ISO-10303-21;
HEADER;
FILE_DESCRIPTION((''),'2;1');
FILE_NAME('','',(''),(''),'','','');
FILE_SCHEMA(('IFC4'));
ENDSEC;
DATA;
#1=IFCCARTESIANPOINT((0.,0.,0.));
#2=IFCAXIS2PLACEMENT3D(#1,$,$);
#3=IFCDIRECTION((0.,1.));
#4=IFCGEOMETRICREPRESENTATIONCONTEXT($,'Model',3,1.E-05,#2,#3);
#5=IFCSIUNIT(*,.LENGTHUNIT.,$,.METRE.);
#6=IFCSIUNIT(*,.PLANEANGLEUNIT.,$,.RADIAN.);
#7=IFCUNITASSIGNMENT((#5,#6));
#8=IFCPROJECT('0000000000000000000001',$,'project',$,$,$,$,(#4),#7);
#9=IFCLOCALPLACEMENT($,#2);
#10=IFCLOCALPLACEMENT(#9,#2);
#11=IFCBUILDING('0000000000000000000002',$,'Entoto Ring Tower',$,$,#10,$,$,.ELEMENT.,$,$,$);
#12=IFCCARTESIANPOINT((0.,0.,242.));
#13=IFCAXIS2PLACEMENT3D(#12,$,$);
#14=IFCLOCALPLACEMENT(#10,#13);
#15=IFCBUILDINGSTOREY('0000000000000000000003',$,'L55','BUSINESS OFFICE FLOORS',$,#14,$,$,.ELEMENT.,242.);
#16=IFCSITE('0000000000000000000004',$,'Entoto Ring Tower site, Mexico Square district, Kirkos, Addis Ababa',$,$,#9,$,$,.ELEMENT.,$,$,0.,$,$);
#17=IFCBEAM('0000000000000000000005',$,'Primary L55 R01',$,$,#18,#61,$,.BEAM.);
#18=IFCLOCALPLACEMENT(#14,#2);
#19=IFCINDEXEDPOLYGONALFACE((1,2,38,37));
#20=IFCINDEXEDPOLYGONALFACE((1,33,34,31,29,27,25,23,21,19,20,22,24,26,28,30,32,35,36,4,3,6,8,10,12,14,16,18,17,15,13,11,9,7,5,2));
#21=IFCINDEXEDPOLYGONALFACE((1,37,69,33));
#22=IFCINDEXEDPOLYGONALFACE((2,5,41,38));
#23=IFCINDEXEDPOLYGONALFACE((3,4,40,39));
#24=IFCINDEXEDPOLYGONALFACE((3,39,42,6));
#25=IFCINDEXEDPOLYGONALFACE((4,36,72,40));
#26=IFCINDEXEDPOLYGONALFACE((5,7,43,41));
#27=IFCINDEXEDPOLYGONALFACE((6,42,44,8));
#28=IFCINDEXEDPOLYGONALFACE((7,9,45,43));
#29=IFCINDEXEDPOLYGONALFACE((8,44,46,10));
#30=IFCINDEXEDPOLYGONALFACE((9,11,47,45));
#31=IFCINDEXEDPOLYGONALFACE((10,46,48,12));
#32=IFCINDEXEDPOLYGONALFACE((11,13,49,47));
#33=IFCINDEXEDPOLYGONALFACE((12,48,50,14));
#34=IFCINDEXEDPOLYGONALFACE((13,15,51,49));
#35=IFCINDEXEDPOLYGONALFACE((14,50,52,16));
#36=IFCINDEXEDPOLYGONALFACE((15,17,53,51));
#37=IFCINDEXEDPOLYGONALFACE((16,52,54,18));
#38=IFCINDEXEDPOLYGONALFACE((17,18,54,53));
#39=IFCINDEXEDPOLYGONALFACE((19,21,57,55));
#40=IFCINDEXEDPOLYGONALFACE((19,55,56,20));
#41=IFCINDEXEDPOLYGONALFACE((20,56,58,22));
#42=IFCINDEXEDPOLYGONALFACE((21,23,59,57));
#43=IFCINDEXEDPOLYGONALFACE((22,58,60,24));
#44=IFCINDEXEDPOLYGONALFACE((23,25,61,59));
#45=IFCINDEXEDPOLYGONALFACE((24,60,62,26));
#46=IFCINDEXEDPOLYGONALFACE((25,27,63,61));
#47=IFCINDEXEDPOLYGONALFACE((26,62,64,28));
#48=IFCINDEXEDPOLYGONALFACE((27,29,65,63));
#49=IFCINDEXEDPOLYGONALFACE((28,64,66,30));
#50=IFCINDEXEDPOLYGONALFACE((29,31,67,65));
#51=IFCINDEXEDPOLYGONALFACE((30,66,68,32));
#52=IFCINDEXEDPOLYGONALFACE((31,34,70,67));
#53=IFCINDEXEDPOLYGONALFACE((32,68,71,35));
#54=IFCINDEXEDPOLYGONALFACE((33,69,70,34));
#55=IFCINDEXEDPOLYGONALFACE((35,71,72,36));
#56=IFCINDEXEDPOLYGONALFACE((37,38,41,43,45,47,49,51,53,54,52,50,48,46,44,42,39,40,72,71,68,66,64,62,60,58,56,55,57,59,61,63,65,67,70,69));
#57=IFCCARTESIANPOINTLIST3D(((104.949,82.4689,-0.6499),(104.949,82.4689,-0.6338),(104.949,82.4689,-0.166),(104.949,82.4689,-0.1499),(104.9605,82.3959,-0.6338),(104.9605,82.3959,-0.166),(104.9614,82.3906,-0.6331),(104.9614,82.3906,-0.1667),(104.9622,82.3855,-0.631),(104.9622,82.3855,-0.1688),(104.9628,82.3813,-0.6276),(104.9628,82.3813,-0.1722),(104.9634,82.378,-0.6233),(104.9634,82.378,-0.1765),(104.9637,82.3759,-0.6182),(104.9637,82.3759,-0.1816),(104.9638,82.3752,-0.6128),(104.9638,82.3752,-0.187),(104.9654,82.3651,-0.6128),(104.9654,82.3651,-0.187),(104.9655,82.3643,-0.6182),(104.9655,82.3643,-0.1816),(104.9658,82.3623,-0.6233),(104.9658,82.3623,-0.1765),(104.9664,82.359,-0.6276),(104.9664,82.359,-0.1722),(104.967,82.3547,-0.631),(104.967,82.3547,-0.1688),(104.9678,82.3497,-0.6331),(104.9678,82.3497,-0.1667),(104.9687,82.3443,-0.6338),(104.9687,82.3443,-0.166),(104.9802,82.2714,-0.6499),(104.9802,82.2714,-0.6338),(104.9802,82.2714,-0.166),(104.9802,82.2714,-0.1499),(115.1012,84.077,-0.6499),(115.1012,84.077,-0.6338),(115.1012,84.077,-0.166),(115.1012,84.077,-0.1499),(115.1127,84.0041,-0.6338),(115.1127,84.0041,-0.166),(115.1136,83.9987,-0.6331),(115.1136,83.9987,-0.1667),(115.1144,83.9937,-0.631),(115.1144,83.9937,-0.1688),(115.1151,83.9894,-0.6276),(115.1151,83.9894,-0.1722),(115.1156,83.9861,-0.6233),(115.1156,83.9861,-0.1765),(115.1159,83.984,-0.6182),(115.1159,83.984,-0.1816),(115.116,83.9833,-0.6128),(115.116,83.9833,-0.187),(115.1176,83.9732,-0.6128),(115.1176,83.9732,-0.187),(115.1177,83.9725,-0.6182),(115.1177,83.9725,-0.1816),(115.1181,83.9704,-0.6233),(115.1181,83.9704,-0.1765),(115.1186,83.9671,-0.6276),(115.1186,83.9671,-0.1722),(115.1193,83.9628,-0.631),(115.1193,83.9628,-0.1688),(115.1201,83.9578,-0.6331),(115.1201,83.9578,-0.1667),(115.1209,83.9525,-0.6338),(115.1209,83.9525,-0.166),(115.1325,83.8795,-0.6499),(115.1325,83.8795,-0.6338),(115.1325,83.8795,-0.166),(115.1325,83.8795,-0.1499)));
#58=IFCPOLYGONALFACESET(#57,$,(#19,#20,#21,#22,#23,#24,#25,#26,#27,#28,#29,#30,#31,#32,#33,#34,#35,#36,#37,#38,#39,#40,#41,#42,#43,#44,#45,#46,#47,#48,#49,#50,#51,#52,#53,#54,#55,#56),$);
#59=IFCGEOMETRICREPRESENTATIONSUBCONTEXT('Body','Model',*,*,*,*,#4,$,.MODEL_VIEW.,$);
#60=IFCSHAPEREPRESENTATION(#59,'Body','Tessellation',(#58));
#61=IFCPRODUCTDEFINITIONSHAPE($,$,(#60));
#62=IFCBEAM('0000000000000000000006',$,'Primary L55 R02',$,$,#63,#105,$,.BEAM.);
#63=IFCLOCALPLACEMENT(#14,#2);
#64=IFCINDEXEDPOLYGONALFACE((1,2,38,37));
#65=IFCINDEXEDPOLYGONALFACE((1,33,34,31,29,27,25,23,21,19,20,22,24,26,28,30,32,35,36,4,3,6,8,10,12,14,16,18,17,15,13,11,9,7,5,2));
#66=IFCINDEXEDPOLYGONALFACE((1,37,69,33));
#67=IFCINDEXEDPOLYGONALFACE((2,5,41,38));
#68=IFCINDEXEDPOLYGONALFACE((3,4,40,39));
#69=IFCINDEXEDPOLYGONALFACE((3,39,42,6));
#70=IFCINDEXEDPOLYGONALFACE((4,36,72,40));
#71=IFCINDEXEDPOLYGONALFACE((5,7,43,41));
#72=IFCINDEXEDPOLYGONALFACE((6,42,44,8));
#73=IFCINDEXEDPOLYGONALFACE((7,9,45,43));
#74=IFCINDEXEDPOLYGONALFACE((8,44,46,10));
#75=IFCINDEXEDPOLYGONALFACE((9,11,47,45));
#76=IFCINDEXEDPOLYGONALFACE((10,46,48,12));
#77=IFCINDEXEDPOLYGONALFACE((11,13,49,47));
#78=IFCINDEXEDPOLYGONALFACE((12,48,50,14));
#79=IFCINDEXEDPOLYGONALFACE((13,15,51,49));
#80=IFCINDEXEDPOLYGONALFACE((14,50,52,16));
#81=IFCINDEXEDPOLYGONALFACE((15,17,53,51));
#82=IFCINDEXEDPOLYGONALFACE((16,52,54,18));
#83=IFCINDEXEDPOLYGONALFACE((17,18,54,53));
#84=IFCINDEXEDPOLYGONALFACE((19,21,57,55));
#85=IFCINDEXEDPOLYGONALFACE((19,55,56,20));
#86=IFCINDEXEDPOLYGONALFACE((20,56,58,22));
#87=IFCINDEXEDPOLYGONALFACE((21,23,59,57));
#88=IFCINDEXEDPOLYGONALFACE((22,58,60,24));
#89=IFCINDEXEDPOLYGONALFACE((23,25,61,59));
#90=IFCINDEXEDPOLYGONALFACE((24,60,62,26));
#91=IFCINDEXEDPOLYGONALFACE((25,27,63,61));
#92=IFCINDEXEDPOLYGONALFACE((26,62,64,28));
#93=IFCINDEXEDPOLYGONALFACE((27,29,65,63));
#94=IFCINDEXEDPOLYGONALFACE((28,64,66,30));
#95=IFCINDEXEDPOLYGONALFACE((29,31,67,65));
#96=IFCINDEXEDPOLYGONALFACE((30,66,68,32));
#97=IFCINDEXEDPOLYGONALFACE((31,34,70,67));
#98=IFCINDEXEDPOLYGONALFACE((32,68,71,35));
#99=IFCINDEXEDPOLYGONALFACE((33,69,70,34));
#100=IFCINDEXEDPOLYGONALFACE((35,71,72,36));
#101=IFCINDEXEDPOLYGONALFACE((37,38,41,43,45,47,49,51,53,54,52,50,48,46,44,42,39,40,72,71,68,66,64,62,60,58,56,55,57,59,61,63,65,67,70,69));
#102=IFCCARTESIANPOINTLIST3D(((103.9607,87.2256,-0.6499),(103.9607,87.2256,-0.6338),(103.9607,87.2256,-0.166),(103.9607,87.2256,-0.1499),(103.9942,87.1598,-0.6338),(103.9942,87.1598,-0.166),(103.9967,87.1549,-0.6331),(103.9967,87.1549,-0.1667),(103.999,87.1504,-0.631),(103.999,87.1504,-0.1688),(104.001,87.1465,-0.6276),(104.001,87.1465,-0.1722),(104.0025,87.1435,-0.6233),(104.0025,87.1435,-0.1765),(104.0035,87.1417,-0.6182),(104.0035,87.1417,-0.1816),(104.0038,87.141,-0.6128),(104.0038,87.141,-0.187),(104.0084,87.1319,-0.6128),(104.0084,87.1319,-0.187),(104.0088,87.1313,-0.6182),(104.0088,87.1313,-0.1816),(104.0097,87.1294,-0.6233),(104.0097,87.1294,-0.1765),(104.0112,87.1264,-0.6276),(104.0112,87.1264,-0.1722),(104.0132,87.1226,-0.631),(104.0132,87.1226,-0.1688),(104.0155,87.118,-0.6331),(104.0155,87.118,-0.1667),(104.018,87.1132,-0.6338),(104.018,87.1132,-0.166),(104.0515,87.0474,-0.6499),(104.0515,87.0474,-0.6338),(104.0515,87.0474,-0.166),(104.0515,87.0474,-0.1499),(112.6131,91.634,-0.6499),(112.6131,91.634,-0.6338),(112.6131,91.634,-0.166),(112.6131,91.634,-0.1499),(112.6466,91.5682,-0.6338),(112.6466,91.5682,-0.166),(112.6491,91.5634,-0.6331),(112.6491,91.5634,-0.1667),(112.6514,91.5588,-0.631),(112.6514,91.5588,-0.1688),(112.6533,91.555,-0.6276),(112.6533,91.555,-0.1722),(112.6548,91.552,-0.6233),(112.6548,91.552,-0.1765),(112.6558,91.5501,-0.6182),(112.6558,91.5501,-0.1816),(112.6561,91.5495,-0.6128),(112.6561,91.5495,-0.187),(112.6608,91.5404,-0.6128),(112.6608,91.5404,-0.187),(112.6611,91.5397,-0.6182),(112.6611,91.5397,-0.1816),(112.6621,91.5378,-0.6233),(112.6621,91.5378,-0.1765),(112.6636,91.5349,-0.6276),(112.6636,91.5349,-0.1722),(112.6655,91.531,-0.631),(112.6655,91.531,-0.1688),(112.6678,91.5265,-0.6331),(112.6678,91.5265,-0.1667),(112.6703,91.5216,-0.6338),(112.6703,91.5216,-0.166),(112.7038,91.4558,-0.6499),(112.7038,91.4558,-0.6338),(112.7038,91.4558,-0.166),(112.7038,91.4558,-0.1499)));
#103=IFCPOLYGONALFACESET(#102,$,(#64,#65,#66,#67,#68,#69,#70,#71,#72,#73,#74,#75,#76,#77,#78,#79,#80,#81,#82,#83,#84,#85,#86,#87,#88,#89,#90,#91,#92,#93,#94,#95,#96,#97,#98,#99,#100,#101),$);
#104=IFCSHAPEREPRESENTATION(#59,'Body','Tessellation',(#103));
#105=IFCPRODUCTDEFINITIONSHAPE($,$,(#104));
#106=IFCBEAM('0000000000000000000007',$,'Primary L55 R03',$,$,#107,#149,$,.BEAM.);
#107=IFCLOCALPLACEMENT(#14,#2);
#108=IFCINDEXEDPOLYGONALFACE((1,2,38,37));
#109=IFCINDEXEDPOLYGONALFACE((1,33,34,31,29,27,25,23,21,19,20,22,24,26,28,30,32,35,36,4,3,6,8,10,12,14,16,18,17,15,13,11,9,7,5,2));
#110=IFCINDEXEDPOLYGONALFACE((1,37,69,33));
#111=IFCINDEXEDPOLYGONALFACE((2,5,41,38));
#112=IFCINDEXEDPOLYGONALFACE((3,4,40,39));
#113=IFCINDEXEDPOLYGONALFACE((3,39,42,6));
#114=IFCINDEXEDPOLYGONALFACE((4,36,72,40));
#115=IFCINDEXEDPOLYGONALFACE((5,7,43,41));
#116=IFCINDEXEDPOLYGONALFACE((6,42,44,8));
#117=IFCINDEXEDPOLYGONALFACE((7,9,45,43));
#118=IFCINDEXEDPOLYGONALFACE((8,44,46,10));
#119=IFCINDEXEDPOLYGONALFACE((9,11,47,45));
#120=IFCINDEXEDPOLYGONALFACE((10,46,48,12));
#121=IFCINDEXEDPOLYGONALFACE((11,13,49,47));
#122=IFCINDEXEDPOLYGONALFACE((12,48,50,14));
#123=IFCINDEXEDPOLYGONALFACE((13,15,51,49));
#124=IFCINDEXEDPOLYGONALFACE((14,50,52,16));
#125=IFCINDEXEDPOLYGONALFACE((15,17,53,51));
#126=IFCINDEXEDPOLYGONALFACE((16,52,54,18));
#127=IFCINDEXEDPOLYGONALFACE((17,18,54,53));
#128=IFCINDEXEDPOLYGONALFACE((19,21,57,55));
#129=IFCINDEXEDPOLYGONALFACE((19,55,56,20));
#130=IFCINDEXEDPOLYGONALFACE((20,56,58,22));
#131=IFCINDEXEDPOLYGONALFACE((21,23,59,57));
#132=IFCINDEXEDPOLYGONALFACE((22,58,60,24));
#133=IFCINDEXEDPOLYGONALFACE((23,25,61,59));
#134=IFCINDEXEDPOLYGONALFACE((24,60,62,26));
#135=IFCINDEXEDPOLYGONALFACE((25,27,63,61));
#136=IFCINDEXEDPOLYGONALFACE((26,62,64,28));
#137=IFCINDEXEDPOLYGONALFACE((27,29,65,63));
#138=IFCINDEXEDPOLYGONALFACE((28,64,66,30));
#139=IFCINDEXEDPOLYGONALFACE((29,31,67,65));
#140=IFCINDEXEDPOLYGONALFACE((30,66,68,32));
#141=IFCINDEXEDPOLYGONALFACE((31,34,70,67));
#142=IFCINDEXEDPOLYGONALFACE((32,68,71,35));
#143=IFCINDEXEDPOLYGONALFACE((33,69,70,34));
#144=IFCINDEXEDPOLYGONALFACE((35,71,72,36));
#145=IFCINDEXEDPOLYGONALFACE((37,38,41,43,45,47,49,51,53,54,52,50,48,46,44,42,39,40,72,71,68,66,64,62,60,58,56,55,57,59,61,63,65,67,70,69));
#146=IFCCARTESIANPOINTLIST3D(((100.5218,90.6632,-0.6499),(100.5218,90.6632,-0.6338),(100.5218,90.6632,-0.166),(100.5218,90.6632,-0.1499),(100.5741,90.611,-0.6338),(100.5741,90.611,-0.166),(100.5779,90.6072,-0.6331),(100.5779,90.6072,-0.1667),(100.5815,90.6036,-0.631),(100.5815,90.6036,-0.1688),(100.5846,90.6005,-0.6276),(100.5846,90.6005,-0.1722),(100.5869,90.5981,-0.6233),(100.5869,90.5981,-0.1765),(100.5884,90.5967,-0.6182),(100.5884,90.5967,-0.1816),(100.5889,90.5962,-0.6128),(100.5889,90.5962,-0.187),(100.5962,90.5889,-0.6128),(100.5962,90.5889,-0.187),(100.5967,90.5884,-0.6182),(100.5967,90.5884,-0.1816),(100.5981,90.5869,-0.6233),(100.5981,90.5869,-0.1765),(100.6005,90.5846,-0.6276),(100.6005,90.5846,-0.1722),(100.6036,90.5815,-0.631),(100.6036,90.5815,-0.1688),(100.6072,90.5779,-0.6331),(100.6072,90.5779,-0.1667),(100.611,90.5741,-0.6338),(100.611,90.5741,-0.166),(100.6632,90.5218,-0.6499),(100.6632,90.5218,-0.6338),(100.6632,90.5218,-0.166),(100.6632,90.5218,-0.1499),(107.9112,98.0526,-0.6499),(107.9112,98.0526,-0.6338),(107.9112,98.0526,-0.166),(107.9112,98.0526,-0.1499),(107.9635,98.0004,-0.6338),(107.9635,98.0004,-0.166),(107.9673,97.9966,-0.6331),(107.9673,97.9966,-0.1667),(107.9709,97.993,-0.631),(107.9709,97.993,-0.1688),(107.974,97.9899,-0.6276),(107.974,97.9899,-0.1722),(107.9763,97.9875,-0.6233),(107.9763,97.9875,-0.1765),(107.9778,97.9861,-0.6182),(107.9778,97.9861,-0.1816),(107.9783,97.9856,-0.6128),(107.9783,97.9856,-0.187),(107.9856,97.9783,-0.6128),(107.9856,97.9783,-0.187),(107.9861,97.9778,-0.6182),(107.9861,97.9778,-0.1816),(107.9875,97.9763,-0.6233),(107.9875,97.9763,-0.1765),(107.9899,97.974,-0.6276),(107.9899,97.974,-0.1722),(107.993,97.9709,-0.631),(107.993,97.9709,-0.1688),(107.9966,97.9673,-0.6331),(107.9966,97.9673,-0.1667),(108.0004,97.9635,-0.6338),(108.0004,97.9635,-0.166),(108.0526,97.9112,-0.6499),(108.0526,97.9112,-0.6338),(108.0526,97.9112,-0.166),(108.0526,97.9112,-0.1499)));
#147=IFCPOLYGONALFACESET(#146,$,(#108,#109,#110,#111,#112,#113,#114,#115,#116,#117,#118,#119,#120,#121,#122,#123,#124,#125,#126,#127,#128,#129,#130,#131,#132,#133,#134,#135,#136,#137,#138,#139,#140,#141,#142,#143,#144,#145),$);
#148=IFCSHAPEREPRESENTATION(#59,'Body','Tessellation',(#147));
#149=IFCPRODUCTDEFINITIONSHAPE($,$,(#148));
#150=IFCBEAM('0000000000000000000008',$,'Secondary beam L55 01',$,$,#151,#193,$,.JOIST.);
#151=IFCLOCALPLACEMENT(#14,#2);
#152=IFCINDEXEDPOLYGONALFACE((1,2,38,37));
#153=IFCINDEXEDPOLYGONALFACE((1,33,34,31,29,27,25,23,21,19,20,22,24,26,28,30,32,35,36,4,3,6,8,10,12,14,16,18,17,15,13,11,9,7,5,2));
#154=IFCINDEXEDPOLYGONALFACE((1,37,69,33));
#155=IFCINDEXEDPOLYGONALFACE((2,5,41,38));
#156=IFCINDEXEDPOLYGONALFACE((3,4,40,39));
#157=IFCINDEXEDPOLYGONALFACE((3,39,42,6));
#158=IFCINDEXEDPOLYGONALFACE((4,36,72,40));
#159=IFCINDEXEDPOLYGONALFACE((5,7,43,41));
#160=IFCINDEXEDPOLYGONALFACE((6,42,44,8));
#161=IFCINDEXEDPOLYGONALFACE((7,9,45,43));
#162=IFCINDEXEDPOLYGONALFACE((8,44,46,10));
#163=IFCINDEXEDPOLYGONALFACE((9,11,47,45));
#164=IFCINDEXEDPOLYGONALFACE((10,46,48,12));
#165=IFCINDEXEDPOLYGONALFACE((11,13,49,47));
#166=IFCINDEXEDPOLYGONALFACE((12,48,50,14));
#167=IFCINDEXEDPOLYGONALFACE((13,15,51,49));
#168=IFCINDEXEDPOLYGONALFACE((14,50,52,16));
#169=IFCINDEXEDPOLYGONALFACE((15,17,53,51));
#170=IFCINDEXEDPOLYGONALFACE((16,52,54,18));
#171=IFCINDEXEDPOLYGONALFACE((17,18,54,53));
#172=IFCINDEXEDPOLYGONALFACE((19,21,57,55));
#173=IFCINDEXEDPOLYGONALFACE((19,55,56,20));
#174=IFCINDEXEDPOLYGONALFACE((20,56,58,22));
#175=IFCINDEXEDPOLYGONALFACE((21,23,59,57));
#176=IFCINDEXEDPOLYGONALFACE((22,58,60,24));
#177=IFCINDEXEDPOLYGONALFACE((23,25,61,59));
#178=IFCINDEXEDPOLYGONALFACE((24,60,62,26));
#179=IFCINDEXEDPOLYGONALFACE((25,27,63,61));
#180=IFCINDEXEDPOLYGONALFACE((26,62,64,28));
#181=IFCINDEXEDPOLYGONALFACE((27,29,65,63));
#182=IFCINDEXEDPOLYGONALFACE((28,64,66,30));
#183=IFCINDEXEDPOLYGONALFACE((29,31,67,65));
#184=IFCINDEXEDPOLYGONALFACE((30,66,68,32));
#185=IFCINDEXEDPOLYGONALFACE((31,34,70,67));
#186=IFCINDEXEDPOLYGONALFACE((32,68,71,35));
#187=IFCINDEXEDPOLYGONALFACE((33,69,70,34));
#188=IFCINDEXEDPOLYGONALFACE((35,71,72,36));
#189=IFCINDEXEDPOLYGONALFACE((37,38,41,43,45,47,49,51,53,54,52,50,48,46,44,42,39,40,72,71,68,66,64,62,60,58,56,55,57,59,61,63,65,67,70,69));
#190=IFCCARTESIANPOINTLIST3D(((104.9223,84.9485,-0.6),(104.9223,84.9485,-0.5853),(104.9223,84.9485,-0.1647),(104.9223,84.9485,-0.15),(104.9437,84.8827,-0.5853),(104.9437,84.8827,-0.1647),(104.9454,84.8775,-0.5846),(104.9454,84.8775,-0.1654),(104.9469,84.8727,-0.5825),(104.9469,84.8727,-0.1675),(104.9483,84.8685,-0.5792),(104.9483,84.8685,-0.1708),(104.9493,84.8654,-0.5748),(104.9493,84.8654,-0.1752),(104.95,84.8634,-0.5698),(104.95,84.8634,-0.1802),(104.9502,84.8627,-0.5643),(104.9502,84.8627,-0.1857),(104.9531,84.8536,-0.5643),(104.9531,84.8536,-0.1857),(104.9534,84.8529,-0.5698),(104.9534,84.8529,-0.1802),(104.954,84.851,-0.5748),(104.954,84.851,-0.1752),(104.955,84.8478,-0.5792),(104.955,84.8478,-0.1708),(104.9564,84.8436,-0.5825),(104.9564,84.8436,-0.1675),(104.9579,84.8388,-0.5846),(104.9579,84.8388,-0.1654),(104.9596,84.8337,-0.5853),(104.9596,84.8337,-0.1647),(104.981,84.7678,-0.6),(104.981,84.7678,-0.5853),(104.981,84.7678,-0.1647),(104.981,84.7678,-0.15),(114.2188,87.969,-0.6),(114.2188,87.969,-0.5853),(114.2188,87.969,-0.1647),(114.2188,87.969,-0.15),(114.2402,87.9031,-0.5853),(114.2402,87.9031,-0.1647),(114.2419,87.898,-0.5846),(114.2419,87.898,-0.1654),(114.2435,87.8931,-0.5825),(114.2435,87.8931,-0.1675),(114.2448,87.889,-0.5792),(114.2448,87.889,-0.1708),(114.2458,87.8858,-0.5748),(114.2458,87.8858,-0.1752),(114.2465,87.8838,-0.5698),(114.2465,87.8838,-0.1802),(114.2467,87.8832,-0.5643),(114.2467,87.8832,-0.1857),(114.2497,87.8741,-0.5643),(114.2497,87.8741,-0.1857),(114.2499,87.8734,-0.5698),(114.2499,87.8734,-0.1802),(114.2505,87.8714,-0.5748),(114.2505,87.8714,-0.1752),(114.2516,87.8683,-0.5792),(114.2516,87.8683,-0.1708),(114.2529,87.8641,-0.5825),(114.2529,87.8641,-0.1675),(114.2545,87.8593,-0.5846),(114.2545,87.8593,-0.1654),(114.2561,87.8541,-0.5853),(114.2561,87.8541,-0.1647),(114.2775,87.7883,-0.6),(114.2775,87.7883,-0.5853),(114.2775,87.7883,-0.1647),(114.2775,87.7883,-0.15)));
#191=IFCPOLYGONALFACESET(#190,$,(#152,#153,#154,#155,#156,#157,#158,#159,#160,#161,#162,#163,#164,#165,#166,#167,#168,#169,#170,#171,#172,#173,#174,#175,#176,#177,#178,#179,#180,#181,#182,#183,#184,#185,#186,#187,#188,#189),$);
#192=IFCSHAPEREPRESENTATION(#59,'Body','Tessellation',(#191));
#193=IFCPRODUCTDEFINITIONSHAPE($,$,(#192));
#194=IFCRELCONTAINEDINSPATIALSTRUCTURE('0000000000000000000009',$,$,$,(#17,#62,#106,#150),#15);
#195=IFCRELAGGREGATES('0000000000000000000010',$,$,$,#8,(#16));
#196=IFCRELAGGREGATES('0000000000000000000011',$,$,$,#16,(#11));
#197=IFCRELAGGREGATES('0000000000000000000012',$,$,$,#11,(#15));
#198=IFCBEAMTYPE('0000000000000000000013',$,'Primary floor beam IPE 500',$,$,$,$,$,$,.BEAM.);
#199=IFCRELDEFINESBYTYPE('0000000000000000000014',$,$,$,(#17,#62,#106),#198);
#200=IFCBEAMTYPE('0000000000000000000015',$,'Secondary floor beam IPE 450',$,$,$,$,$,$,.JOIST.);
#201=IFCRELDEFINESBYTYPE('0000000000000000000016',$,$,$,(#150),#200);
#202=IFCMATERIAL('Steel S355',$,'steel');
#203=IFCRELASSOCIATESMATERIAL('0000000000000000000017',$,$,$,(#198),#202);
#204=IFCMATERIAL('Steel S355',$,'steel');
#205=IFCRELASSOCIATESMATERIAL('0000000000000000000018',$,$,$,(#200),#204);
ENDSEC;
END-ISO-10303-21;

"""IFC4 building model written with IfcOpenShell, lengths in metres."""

from ifc_helpers import new_model, si_unit, direction, frame, origin, origin_2d, place, context, subcontext, project, spatial, i_section, extrude, material, material_profile, profile_set, type_object, element, save


model = new_model("IFC4")

# Units and contexts
model_context = context("Model", 3, precision=1e-05, world=origin(), true_north=direction((0.0, 1.0)))
body_context = subcontext(model_context, "Body", "Model", "MODEL_VIEW")
ifc_project = project(units=[si_unit("LENGTHUNIT", "METRE"), si_unit("PLANEANGLEUNIT", "RADIAN")], contexts=[model_context])

# Site, building, storey
site_placement = place(None, origin())
site = spatial("IfcSite", under=ifc_project, at=site_placement, Name="Entoto Ring Tower site, Mexico Square district, Kirkos, Addis Ababa", CompositionType="ELEMENT", RefElevation=0.0)
building_placement = place(site_placement, origin())
building = spatial("IfcBuilding", under=site, at=building_placement, Name="Entoto Ring Tower", CompositionType="ELEMENT")
storey_placement = place(building_placement, frame((0.0, 0.0, 242.0)))
storey = spatial("IfcBuildingStorey", under=building, at=storey_placement, Name="L55", Description="BUSINESS OFFICE FLOORS", CompositionType="ELEMENT", Elevation=242.0)

# Beams
ifc_material_1 = material(Name="Steel S355", Category="steel")
ifc_material_profile_1 = material_profile(ifc_material_1, i_section(OverallWidth=0.2, OverallDepth=0.5, WebThickness=0.0103, FlangeThickness=0.0161, FilletRadius=0.021, at=origin_2d()), Name="IPE 500")
ifc_profile_set_1 = profile_set([ifc_material_profile_1], Name="Steel S355")
beam_type_1 = type_object("IfcBeamType", Name="Primary floor beam IPE 500", PredefinedType="BEAM", material=ifc_profile_set_1)
beam_1_placement = place(storey_placement, frame((104.9646, 82.3701, -0.3999), z_axis=(0.987686, 0.156452, 0.0), x_axis=(-0.156452, 0.987686, 0.0)))
element("IfcBeam", 1, at=beam_1_placement, inside=storey, type_object=beam_type_1, Name="Primary L55 R01", PredefinedType="BEAM", context=body_context, shape_type="SweptSolid", body=[
    extrude(i_section(OverallWidth=0.2, OverallDepth=0.5, WebThickness=0.0103, FlangeThickness=0.0161, FilletRadius=0.021, at=origin_2d()), origin(), (0.0, 0.0, 1.0), 10.2788),
])
beam_2_placement = place(storey_placement, frame((104.0061, 87.1365, -0.3999), z_axis=(0.891012, 0.453979, 0.0), x_axis=(-0.453979, 0.891012, 0.0)))
element("IfcBeam", 2, at=beam_2_placement, inside=storey, type_object=beam_type_1, Name="Primary L55 R02", PredefinedType="BEAM", context=body_context, shape_type="SweptSolid", body=[
    extrude(i_section(OverallWidth=0.2, OverallDepth=0.5, WebThickness=0.0103, FlangeThickness=0.0161, FilletRadius=0.021, at=origin_2d()), origin(), (0.0, 0.0, 1.0), 9.7107),
])
beam_3_placement = place(storey_placement, frame((100.5925, 90.5925, -0.3999), z_axis=(0.707107, 0.707107, 0.0), x_axis=(-0.707107, 0.707107, 0.0)))
element("IfcBeam", 3, at=beam_3_placement, inside=storey, type_object=beam_type_1, Name="Primary L55 R03", PredefinedType="BEAM", context=body_context, shape_type="SweptSolid", body=[
    extrude(i_section(OverallWidth=0.2, OverallDepth=0.5, WebThickness=0.0103, FlangeThickness=0.0161, FilletRadius=0.021, at=origin_2d()), origin(), (0.0, 0.0, 1.0), 10.4502),
])
ifc_material_2 = material(Name="Steel S355", Category="steel")
ifc_material_profile_2 = material_profile(ifc_material_2, i_section(OverallWidth=0.1899, OverallDepth=0.45, WebThickness=0.0095, FlangeThickness=0.0146, FilletRadius=0.021, at=origin_2d()), Name="IPE 450")
ifc_profile_set_2 = profile_set([ifc_material_profile_2], Name="Steel S355")
beam_type_2 = type_object("IfcBeamType", Name="Secondary floor beam IPE 450", PredefinedType="JOIST", material=ifc_profile_set_2)
beam_4_placement = place(storey_placement, frame((104.9517, 84.8582, -0.375), z_axis=(0.951061, 0.309003, 0.0), x_axis=(-0.309003, 0.951061, 0.0)))
element("IfcBeam", 4, at=beam_4_placement, inside=storey, type_object=beam_type_2, Name="Secondary beam L55 01", PredefinedType="JOIST", context=body_context, shape_type="SweptSolid", body=[
    extrude(i_section(OverallWidth=0.1899, OverallDepth=0.45, WebThickness=0.0095, FlangeThickness=0.0146, FilletRadius=0.021, at=origin_2d()), origin(), (0.0, 0.0, 1.0), 9.7749),
])

save(model, "model.ifc")
